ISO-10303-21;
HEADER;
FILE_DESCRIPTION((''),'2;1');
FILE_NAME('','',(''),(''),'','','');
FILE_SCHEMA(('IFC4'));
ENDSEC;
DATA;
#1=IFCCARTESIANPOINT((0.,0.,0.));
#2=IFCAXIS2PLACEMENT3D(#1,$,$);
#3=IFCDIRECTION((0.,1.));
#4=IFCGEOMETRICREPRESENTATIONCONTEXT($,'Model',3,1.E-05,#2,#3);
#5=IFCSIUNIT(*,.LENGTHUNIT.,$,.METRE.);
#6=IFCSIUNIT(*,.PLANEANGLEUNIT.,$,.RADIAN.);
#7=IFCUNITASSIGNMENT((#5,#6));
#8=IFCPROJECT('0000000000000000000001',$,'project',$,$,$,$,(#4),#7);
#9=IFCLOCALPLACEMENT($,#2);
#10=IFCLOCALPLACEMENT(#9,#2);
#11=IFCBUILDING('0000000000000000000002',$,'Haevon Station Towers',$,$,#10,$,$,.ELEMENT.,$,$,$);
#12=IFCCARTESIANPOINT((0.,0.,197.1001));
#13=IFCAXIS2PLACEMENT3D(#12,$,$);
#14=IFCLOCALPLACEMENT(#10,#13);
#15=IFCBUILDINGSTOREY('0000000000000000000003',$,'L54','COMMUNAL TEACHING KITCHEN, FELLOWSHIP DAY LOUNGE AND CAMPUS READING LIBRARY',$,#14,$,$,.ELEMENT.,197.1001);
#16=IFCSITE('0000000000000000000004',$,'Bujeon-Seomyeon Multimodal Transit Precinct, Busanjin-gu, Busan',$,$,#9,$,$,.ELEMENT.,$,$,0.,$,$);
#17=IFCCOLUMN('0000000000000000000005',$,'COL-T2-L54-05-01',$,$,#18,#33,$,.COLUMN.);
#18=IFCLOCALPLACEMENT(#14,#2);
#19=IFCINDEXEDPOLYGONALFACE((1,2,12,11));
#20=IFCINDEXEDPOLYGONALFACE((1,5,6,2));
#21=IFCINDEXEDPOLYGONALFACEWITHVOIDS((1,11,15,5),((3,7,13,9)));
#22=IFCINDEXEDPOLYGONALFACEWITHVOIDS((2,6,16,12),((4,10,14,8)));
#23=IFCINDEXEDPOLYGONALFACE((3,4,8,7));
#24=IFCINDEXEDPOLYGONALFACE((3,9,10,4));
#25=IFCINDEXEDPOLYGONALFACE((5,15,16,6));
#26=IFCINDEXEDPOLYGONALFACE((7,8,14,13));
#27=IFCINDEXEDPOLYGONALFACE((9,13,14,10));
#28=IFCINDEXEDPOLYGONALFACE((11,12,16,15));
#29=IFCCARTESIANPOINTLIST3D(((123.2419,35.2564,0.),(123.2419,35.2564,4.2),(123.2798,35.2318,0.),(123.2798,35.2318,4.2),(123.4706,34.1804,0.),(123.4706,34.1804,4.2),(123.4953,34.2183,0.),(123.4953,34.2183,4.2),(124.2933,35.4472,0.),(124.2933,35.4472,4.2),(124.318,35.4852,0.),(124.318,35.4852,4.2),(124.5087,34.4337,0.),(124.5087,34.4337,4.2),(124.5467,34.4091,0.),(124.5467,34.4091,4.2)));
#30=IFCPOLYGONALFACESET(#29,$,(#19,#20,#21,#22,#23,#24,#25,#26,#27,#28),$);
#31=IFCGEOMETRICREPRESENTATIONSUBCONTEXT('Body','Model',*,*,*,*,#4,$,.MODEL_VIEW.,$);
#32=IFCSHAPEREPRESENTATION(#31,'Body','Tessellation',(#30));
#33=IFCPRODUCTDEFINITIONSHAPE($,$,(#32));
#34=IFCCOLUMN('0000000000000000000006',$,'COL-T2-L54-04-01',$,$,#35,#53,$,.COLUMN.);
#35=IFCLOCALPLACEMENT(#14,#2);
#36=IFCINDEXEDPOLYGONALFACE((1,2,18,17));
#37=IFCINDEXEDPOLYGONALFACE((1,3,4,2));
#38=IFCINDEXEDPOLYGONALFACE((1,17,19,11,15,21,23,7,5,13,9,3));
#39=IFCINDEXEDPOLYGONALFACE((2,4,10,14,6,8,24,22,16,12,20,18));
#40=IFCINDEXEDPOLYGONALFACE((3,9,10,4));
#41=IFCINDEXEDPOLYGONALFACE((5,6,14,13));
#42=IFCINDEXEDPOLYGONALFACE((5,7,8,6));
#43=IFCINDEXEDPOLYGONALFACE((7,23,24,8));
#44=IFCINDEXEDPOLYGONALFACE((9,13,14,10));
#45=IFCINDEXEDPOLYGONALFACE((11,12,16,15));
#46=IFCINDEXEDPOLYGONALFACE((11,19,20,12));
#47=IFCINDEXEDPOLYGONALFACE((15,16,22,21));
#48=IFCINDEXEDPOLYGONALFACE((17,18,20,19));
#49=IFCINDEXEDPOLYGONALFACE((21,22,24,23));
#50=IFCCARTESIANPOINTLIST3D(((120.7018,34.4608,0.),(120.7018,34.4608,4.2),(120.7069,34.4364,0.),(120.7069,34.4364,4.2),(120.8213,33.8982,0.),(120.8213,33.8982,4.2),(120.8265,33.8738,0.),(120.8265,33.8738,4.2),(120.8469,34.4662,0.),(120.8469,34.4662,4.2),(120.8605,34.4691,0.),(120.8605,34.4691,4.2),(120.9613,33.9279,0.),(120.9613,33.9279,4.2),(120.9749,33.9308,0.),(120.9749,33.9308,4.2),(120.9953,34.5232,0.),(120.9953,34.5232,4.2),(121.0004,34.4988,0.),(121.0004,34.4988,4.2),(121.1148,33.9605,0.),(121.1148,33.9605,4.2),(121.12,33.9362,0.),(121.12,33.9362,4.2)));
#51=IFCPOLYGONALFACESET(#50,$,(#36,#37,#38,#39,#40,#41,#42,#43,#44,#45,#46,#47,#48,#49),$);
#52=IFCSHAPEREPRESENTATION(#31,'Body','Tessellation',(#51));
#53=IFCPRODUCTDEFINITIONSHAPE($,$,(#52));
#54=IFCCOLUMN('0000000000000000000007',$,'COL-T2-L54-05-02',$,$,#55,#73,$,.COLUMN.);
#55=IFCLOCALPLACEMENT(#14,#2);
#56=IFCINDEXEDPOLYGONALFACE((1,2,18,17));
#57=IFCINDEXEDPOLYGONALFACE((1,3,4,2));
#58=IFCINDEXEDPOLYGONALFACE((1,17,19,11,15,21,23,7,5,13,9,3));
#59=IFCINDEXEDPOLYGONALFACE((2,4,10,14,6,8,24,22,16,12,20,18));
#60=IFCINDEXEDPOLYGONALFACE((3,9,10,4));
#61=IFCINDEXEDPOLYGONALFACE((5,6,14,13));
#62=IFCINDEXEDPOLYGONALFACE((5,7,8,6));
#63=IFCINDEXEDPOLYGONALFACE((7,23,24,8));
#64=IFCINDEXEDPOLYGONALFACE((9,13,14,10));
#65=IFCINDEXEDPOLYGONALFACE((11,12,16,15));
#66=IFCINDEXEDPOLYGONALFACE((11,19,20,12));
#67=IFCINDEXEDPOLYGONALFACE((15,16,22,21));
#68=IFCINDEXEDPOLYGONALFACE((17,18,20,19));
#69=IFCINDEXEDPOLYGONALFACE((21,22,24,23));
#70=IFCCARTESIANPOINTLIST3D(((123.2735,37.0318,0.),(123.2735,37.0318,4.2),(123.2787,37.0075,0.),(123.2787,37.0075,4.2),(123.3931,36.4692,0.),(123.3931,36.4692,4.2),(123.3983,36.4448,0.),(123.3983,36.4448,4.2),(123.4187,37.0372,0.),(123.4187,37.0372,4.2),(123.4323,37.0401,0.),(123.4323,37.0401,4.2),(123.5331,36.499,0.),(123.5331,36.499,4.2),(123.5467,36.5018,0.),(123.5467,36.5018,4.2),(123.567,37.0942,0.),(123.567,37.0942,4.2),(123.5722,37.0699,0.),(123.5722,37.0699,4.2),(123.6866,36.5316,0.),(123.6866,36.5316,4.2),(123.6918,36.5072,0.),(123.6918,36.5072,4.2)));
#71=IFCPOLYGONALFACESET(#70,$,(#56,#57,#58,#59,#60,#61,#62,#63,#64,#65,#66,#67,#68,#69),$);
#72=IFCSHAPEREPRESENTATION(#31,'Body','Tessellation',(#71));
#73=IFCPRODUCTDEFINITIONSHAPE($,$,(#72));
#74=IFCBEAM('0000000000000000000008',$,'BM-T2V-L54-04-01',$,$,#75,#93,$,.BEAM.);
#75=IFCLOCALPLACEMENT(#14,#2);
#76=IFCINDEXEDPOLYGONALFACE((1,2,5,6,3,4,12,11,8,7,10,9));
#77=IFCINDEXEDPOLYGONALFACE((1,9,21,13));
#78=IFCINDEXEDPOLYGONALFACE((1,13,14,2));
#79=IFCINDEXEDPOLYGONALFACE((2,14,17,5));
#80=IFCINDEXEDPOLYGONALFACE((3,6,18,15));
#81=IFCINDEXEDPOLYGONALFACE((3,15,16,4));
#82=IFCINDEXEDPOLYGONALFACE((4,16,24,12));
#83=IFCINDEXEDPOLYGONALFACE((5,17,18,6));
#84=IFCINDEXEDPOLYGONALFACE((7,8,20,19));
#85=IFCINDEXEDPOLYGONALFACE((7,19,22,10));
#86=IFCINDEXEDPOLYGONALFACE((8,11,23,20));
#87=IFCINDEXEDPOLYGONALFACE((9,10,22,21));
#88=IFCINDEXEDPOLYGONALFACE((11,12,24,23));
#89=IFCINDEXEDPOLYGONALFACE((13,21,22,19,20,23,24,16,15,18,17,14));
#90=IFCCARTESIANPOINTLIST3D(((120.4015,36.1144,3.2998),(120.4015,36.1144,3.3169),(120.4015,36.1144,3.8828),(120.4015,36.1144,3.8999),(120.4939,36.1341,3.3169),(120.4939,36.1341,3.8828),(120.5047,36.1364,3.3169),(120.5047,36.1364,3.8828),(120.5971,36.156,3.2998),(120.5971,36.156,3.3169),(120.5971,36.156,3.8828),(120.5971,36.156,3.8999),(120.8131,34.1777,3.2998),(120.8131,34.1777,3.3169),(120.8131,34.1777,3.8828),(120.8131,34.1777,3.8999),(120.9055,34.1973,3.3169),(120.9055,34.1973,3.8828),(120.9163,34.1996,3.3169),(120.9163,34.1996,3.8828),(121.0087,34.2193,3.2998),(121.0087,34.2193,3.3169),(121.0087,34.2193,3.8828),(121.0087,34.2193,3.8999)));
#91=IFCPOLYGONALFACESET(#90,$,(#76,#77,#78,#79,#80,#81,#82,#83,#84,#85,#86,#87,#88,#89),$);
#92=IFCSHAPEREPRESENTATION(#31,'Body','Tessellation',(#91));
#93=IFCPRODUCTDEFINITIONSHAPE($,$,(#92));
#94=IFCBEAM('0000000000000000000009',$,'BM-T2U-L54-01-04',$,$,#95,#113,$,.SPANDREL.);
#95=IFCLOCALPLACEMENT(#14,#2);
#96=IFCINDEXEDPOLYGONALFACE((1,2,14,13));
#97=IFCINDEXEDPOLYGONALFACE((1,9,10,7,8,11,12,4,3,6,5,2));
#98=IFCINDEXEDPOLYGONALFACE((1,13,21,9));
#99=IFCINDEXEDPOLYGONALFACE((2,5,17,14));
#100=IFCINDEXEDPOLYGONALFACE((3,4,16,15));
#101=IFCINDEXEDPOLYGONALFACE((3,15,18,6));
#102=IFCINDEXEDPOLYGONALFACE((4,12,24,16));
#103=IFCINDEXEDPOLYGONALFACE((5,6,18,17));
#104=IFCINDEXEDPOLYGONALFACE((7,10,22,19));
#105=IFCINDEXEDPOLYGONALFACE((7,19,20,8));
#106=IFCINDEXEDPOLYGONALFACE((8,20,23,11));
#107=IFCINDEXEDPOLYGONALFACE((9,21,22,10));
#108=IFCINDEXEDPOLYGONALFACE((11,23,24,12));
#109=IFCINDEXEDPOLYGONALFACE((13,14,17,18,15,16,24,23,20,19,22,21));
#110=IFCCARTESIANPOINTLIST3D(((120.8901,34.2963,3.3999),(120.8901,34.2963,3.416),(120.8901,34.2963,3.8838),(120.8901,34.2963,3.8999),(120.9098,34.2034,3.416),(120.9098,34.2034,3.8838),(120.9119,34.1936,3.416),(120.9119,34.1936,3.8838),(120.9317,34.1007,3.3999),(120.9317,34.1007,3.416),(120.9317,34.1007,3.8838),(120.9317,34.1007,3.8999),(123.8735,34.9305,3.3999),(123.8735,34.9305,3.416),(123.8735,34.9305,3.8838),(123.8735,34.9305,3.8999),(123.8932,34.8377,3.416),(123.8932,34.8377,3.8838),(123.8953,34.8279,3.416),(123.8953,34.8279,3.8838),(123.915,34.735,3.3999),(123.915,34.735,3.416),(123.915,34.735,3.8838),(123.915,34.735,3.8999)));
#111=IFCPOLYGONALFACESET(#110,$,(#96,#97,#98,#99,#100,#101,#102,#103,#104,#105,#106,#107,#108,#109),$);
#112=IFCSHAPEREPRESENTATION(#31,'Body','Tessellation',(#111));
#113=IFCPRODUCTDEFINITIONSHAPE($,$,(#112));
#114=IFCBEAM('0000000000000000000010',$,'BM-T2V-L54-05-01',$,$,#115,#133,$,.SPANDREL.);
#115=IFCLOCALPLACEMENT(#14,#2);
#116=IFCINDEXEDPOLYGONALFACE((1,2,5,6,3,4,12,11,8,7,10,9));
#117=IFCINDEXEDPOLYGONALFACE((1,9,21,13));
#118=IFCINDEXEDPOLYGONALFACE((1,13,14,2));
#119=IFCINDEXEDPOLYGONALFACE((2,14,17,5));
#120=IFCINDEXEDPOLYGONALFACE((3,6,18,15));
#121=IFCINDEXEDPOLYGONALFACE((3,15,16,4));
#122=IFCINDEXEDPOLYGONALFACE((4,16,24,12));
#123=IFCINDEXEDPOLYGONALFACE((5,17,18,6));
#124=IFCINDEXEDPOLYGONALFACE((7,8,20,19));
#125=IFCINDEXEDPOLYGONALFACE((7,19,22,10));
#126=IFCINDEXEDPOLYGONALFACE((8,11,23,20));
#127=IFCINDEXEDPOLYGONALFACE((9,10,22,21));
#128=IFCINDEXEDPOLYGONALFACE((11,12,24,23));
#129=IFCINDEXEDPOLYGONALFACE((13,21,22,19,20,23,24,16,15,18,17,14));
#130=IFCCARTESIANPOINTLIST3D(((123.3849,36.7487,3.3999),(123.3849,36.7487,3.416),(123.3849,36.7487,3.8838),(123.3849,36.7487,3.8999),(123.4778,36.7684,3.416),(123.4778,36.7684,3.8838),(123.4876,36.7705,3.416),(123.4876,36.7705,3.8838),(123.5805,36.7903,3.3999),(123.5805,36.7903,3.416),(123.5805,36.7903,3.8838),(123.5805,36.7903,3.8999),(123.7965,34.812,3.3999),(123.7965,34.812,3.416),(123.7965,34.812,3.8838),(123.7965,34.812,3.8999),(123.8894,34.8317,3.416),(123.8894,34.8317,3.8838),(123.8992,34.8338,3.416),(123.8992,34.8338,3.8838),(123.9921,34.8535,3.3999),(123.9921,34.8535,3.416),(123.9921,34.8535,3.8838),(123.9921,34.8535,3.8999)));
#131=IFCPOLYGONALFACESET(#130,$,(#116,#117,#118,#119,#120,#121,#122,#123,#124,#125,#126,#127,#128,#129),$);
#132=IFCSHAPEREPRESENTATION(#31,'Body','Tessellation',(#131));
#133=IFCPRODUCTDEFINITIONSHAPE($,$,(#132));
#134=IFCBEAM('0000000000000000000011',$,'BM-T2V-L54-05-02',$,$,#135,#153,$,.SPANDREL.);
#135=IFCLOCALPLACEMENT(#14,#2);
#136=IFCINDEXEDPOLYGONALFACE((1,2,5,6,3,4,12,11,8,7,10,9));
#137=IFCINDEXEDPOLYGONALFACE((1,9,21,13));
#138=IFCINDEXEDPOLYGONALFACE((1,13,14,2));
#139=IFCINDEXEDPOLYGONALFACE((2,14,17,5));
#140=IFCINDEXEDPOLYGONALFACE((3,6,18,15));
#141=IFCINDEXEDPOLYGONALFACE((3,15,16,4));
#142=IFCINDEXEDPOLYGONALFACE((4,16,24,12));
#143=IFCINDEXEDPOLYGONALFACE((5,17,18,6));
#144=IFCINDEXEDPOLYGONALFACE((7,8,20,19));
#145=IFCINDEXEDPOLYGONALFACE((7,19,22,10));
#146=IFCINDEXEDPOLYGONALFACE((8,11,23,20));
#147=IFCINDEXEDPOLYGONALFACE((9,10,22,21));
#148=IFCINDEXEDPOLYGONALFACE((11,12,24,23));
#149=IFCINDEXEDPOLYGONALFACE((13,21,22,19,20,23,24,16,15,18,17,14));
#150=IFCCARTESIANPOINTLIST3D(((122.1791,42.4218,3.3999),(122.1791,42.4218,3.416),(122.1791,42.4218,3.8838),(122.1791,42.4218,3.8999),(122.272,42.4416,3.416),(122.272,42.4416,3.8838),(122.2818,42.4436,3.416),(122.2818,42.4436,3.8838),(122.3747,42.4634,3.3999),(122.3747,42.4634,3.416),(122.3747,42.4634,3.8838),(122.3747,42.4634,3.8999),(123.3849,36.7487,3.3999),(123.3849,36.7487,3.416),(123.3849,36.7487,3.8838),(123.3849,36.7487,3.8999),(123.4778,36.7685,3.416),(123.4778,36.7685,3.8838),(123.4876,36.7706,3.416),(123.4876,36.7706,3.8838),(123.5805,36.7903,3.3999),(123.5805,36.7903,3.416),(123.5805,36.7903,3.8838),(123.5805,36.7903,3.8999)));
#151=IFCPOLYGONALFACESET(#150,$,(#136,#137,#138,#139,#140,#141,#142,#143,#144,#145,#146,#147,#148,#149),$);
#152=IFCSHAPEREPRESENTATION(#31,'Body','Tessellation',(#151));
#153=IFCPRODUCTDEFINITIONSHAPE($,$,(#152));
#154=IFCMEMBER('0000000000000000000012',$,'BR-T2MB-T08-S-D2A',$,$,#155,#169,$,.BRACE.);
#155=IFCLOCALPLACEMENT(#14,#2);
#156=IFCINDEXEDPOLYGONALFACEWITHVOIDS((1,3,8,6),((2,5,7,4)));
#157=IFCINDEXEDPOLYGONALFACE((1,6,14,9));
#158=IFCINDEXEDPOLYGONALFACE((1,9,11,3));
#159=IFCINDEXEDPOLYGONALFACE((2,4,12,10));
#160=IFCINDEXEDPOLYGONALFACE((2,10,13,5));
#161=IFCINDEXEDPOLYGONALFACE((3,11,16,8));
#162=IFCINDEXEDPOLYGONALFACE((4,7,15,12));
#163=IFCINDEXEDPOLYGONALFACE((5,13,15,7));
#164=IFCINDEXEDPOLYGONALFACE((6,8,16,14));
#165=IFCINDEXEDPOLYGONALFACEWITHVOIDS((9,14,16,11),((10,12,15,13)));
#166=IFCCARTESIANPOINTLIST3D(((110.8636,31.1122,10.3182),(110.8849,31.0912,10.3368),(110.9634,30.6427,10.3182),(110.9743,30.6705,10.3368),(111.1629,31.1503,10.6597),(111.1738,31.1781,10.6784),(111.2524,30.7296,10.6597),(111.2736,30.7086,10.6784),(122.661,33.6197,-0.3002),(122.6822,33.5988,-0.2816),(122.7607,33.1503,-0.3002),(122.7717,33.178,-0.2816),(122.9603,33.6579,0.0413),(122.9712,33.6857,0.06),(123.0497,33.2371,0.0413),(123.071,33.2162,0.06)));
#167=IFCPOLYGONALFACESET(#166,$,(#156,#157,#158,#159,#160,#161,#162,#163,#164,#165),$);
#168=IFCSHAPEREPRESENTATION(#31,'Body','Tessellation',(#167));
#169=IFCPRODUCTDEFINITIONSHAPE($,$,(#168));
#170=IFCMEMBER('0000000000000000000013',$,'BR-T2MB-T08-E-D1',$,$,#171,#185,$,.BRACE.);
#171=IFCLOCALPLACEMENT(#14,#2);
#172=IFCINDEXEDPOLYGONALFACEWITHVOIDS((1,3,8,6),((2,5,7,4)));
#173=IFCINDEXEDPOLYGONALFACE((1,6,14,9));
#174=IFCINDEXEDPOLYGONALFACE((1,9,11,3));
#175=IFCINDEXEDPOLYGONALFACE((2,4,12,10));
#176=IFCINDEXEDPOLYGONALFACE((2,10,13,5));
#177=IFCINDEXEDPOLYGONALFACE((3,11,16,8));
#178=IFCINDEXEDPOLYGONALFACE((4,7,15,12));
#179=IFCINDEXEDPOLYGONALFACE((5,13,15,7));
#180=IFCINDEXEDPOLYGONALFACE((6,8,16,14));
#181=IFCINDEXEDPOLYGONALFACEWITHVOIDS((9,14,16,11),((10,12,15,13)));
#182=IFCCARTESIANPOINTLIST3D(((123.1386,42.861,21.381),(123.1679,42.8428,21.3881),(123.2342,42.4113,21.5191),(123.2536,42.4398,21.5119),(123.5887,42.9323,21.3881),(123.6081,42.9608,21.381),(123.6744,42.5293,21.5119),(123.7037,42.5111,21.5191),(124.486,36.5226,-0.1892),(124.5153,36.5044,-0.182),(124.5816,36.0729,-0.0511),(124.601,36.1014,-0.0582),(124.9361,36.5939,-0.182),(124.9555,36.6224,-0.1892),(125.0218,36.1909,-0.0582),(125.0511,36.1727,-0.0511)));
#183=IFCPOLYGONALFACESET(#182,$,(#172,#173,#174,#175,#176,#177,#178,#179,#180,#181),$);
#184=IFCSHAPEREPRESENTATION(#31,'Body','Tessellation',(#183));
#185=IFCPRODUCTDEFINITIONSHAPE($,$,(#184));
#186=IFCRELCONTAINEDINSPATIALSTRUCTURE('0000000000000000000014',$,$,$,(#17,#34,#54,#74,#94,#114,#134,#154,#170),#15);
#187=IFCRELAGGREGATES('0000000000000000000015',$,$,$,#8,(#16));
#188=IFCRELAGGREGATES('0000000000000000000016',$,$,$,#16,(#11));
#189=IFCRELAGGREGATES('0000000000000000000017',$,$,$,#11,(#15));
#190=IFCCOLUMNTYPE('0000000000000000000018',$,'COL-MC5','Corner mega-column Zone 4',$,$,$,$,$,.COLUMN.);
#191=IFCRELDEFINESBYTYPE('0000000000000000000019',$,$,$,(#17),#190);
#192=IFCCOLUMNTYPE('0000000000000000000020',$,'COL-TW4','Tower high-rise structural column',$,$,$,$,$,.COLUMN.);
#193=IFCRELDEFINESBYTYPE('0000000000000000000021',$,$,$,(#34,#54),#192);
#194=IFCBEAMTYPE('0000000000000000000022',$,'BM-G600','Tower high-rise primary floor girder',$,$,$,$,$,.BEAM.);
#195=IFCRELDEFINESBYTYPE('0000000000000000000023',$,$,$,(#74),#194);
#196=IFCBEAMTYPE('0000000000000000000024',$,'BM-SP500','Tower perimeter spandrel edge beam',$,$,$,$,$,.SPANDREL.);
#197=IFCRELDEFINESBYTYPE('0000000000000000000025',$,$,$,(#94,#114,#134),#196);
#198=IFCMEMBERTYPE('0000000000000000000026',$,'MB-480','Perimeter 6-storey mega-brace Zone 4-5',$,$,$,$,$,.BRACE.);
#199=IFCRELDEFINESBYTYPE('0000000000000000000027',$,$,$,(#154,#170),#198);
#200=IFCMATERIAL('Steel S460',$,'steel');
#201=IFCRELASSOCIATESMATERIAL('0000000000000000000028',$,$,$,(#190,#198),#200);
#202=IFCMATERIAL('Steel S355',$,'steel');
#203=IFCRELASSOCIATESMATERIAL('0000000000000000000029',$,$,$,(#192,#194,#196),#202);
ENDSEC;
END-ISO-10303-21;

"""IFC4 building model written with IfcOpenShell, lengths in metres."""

from ifc_helpers import new_model, si_unit, direction, frame, origin, origin_2d, place, context, subcontext, project, spatial, hollow_rectangle, i_section, extrude, material, material_profile, profile_set, type_object, element, save


model = new_model("IFC4")

# Units and contexts
model_context = context("Model", 3, precision=1e-05, world=origin(), true_north=direction((0.0, 1.0)))
body_context = subcontext(model_context, "Body", "Model", "MODEL_VIEW")
ifc_project = project(units=[si_unit("LENGTHUNIT", "METRE"), si_unit("PLANEANGLEUNIT", "RADIAN")], contexts=[model_context])

# Site, building, storey
site_placement = place(None, origin())
site = spatial("IfcSite", under=ifc_project, at=site_placement, Name="Bujeon-Seomyeon Multimodal Transit Precinct, Busanjin-gu, Busan", CompositionType="ELEMENT", RefElevation=0.0)
building_placement = place(site_placement, origin())
building = spatial("IfcBuilding", under=site, at=building_placement, Name="Haevon Station Towers", CompositionType="ELEMENT")
storey_placement = place(building_placement, frame((0.0, 0.0, 197.1001)))
storey = spatial("IfcBuildingStorey", under=building, at=storey_placement, Name="L54", Description="COMMUNAL TEACHING KITCHEN, FELLOWSHIP DAY LOUNGE AND CAMPUS READING LIBRARY", CompositionType="ELEMENT", Elevation=197.1001)

# Columns
ifc_material_1 = material(Name="Steel S460", Category="steel")
ifc_material_profile_1 = material_profile(ifc_material_1, hollow_rectangle(XDim=1.1001, YDim=1.1001, WallThickness=0.032, at=origin_2d()), Name="BOX-1100x1100x32")
ifc_profile_set_1 = profile_set([ifc_material_profile_1], Name="Steel S460")
column_type_1 = type_object("IfcColumnType", Name="COL-MC5", Description="Corner mega-column Zone 4", PredefinedType="COLUMN", material=ifc_profile_set_1)
column_placement = place(storey_placement, frame((123.8943, 34.8328, 0.0), z_axis=(0.0, 0.0, 1.0), x_axis=(0.978148, 0.207912, 0.0)))
element("IfcColumn", 1, at=column_placement, inside=storey, type_object=column_type_1, Name="COL-T2-L54-05-01", PredefinedType="COLUMN", context=body_context, shape_type="SweptSolid", body=[
    extrude(hollow_rectangle(XDim=1.1001, YDim=1.1001, WallThickness=0.032, at=origin_2d()), origin(), (0.0, 0.0, 1.0), 4.2),
])
ifc_material_2 = material(Name="Steel S355", Category="steel")
ifc_material_profile_2 = material_profile(ifc_material_2, i_section(OverallWidth=0.3, OverallDepth=0.6001, WebThickness=0.0139, FlangeThickness=0.0249, at=origin_2d()), Name="H-600x300x14x25")
ifc_profile_set_2 = profile_set([ifc_material_profile_2], Name="Steel S355")
column_type_2 = type_object("IfcColumnType", Name="COL-TW4", Description="Tower high-rise structural column", PredefinedType="COLUMN", material=ifc_profile_set_2)
for number, where, z_axis, x_axis, name in (
    (2, (120.9109, 34.1985, 0.0), (0.0, 0.0, 1.0), (0.978148, 0.207912, 0.0), "COL-T2-L54-04-01"),
    (3, (123.4827, 36.7695, 0.0), (0.0, 0.0, 1.0), (0.978148, 0.207912, 0.0), "COL-T2-L54-05-02"),
):
    element("IfcColumn", number, at=place(storey_placement, frame(where, z_axis=z_axis, x_axis=x_axis)), inside=storey, type_object=column_type_2, Name=name, PredefinedType="COLUMN", context=body_context, shape_type="SweptSolid", body=[
        extrude(i_section(OverallWidth=0.3, OverallDepth=0.6001, WebThickness=0.0139, FlangeThickness=0.0249, at=origin_2d()), origin(), (0.0, 0.0, 1.0), 4.2),
    ])

# Beams
ifc_material_profile_3 = material_profile(ifc_material_2, i_section(OverallWidth=0.2, OverallDepth=0.6001, WebThickness=0.011, FlangeThickness=0.0171, at=origin_2d()), Name="H-600x200x11x17")
ifc_profile_set_3 = profile_set([ifc_material_profile_3], Name="Steel S355")
beam_type_1 = type_object("IfcBeamType", Name="BM-G600", Description="Tower high-rise primary floor girder", PredefinedType="BEAM", material=ifc_profile_set_3)
beam_1_placement = place(storey_placement, frame((120.9109, 34.1985, 3.5999), z_axis=(-0.207887, 0.978153, 0.0), x_axis=(-0.978153, -0.207887, 0.0)))
element("IfcBeam", 4, at=beam_1_placement, inside=storey, type_object=beam_type_1, Name="BM-T2V-L54-04-01", PredefinedType="BEAM", context=body_context, shape_type="SweptSolid", body=[
    extrude(i_section(OverallWidth=0.2, OverallDepth=0.6001, WebThickness=0.011, FlangeThickness=0.0171, at=origin_2d()), origin(), (0.0, 0.0, 1.0), 1.98),
])
ifc_material_profile_4 = material_profile(ifc_material_2, i_section(OverallWidth=0.2, OverallDepth=0.5, WebThickness=0.01, FlangeThickness=0.0161, at=origin_2d()), Name="H-500x200x10x16")
ifc_profile_set_4 = profile_set([ifc_material_profile_4], Name="Steel S355")
beam_type_2 = type_object("IfcBeamType", Name="BM-SP500", Description="Tower perimeter spandrel edge beam", PredefinedType="SPANDREL", material=ifc_profile_set_4)
beam_2_placement = place(storey_placement, frame((120.9109, 34.1985, 3.6499), z_axis=(0.978139, 0.207954, 0.0), x_axis=(-0.207954, 0.978139, 0.0)))
element("IfcBeam", 5, at=beam_2_placement, inside=storey, type_object=beam_type_2, Name="BM-T2U-L54-01-04", PredefinedType="SPANDREL", context=body_context, shape_type="SweptSolid", body=[
    extrude(i_section(OverallWidth=0.2, OverallDepth=0.5, WebThickness=0.01, FlangeThickness=0.0161, at=origin_2d()), origin(), (0.0, 0.0, 1.0), 3.05),
])
beam_3_placement = place(storey_placement, frame((123.8943, 34.8328, 3.6499), z_axis=(-0.207887, 0.978153, 0.0), x_axis=(-0.978153, -0.207887, 0.0)))
element("IfcBeam", 6, at=beam_3_placement, inside=storey, type_object=beam_type_2, Name="BM-T2V-L54-05-01", PredefinedType="SPANDREL", context=body_context, shape_type="SweptSolid", body=[
    extrude(i_section(OverallWidth=0.2, OverallDepth=0.5, WebThickness=0.01, FlangeThickness=0.0161, at=origin_2d()), origin(), (0.0, 0.0, 1.0), 1.98),
])
beam_4_placement = place(storey_placement, frame((123.4827, 36.7695, 3.6499), z_axis=(-0.207905, 0.978149, 0.0), x_axis=(-0.978149, -0.207905, 0.0)))
element("IfcBeam", 7, at=beam_4_placement, inside=storey, type_object=beam_type_2, Name="BM-T2V-L54-05-02", PredefinedType="SPANDREL", context=body_context, shape_type="SweptSolid", body=[
    extrude(i_section(OverallWidth=0.2, OverallDepth=0.5, WebThickness=0.01, FlangeThickness=0.0161, at=origin_2d()), origin(), (0.0, 0.0, 1.0), 5.7998),
])

# Members
ifc_material_profile_5 = material_profile(ifc_material_1, hollow_rectangle(XDim=0.48, YDim=0.48, WallThickness=0.0249, at=origin_2d()), Name="RHS-480x480x25")
ifc_profile_set_5 = profile_set([ifc_material_profile_5], Name="Steel S460")
member_type = type_object("IfcMemberType", Name="MB-480", Description="Perimeter 6-storey mega-brace Zone 4-5", PredefinedType="BRACE", material=ifc_profile_set_5)
member_1_placement = place(storey_placement, frame((122.866, 33.418, -0.1201), z_axis=(-0.734164, -0.156049, 0.660796), x_axis=(0.207909, -0.978148, 0.0)))
element("IfcMember", 8, at=member_1_placement, inside=storey, type_object=member_type, Name="BR-T2MB-T08-S-D2A", PredefinedType="BRACE", context=body_context, shape_type="SweptSolid", body=[
    extrude(hollow_rectangle(XDim=0.48, YDim=0.48, WallThickness=0.0249, at=origin_2d()), origin(), (0.0, 0.0, 1.0), 16.0691),
])
member_2_placement = place(storey_placement, frame((124.7686, 36.3477, -0.1201), z_axis=(-0.059825, 0.281426, 0.957716), x_axis=(-0.978143, -0.207934, 0.0)))
element("IfcMember", 9, at=member_2_placement, inside=storey, type_object=member_type, Name="BR-T2MB-T08-E-D1", PredefinedType="BRACE", context=body_context, shape_type="SweptSolid", body=[
    extrude(hollow_rectangle(XDim=0.48, YDim=0.48, WallThickness=0.0249, at=origin_2d()), origin(), (0.0, 0.0, 1.0), 22.5225),
])

save(model, "model.ifc")
